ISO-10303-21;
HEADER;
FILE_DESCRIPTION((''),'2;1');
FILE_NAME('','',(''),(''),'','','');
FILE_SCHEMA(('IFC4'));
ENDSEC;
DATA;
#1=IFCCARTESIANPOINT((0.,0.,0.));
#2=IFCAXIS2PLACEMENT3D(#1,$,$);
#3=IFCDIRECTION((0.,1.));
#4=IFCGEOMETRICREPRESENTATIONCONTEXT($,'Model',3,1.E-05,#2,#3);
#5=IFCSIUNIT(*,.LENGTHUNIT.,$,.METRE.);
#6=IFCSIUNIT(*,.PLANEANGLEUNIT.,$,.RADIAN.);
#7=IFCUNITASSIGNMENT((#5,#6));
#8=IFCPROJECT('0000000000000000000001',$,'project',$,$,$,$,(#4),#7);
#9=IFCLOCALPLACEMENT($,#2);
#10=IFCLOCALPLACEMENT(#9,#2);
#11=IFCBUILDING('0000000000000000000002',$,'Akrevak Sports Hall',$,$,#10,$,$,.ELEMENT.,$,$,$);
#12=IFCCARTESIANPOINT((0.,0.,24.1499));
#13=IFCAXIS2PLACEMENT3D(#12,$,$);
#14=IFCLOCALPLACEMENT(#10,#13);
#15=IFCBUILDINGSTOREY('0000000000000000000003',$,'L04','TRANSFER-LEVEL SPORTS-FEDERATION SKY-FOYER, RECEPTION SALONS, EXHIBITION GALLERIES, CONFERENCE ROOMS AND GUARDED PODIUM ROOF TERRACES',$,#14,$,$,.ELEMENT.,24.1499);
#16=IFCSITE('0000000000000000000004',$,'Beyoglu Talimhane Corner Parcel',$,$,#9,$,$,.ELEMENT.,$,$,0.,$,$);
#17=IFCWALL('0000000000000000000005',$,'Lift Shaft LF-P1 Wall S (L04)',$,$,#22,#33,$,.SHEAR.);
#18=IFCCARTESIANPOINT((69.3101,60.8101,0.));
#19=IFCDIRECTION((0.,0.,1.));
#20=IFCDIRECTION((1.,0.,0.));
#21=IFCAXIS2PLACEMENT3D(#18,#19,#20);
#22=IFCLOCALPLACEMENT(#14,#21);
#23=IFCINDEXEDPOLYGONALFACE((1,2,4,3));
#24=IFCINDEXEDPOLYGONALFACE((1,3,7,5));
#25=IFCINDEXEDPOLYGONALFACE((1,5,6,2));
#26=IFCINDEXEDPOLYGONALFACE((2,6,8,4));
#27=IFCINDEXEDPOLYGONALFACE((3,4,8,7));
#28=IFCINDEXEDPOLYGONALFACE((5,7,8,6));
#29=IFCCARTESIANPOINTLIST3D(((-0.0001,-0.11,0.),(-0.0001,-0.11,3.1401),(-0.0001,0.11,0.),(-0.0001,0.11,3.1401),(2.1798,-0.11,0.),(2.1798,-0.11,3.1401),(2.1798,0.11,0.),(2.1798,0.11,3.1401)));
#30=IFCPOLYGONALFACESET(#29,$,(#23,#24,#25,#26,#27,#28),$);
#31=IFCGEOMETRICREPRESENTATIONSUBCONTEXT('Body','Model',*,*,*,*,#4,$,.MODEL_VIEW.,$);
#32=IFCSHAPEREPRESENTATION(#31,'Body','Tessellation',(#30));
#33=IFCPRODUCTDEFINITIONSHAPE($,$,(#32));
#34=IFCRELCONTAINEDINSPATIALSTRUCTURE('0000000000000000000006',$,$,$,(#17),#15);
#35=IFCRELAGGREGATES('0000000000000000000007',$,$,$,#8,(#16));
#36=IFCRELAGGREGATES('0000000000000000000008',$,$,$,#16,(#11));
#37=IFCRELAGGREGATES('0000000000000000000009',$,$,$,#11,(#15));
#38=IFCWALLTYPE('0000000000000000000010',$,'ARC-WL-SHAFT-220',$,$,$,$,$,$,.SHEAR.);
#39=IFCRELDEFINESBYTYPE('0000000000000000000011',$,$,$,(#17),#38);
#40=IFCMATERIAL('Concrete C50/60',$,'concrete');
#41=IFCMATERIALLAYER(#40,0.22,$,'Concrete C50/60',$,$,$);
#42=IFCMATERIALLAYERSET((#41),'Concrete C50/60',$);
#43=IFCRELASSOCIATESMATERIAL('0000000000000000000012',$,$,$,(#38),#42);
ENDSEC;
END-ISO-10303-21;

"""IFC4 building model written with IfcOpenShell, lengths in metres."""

from ifc_helpers import new_model, si_unit, direction, frame, frame_2d, origin, place, context, subcontext, project, spatial, rectangle, extrude, material, layer, layer_set, type_object, element, save


model = new_model("IFC4")

# Units and contexts
model_context = context("Model", 3, precision=1e-05, world=origin(), true_north=direction((0.0, 1.0)))
body_context = subcontext(model_context, "Body", "Model", "MODEL_VIEW")
ifc_project = project(units=[si_unit("LENGTHUNIT", "METRE"), si_unit("PLANEANGLEUNIT", "RADIAN")], contexts=[model_context])

# Site, building, storey
site_placement = place(None, origin())
site = spatial("IfcSite", under=ifc_project, at=site_placement, Name="Beyoglu Talimhane Corner Parcel", CompositionType="ELEMENT", RefElevation=0.0)
building_placement = place(site_placement, origin())
building = spatial("IfcBuilding", under=site, at=building_placement, Name="Akrevak Sports Hall", CompositionType="ELEMENT")
storey_placement = place(building_placement, frame((0.0, 0.0, 24.1499)))
storey = spatial("IfcBuildingStorey", under=building, at=storey_placement, Name="L04", Description="TRANSFER-LEVEL SPORTS-FEDERATION SKY-FOYER, RECEPTION SALONS, EXHIBITION GALLERIES, CONFERENCE ROOMS AND GUARDED PODIUM ROOF TERRACES", CompositionType="ELEMENT", Elevation=24.1499)

# Shared definitions
ifc_material_1 = material(Name="Concrete C50/60", Category="concrete")

# Wall
ifc_layer_1 = layer(ifc_material_1, 0.22, Name="Concrete C50/60")
ifc_layer_set_1 = layer_set([ifc_layer_1], Name="Concrete C50/60")
wall_type_1 = type_object("IfcWallType", Name="ARC-WL-SHAFT-220", PredefinedType="SHEAR", material=ifc_layer_set_1)
wall_1_placement = place(storey_placement, frame((69.3101, 60.8101, 0.0), z_axis=(0.0, 0.0, 1.0), x_axis=(1.0, 0.0, 0.0)))
element("IfcWall", 1, at=wall_1_placement, inside=storey, type_object=wall_type_1, Name="Lift Shaft LF-P1 Wall S (L04)", PredefinedType="SHEAR", context=body_context, shape_type="SweptSolid", body=[
    extrude(rectangle(XDim=2.1799, YDim=0.22, at=frame_2d((1.0898, 0.0))), origin(), (0.0, 0.0, 1.0), 3.1401),
])

save(model, "model.ifc")
